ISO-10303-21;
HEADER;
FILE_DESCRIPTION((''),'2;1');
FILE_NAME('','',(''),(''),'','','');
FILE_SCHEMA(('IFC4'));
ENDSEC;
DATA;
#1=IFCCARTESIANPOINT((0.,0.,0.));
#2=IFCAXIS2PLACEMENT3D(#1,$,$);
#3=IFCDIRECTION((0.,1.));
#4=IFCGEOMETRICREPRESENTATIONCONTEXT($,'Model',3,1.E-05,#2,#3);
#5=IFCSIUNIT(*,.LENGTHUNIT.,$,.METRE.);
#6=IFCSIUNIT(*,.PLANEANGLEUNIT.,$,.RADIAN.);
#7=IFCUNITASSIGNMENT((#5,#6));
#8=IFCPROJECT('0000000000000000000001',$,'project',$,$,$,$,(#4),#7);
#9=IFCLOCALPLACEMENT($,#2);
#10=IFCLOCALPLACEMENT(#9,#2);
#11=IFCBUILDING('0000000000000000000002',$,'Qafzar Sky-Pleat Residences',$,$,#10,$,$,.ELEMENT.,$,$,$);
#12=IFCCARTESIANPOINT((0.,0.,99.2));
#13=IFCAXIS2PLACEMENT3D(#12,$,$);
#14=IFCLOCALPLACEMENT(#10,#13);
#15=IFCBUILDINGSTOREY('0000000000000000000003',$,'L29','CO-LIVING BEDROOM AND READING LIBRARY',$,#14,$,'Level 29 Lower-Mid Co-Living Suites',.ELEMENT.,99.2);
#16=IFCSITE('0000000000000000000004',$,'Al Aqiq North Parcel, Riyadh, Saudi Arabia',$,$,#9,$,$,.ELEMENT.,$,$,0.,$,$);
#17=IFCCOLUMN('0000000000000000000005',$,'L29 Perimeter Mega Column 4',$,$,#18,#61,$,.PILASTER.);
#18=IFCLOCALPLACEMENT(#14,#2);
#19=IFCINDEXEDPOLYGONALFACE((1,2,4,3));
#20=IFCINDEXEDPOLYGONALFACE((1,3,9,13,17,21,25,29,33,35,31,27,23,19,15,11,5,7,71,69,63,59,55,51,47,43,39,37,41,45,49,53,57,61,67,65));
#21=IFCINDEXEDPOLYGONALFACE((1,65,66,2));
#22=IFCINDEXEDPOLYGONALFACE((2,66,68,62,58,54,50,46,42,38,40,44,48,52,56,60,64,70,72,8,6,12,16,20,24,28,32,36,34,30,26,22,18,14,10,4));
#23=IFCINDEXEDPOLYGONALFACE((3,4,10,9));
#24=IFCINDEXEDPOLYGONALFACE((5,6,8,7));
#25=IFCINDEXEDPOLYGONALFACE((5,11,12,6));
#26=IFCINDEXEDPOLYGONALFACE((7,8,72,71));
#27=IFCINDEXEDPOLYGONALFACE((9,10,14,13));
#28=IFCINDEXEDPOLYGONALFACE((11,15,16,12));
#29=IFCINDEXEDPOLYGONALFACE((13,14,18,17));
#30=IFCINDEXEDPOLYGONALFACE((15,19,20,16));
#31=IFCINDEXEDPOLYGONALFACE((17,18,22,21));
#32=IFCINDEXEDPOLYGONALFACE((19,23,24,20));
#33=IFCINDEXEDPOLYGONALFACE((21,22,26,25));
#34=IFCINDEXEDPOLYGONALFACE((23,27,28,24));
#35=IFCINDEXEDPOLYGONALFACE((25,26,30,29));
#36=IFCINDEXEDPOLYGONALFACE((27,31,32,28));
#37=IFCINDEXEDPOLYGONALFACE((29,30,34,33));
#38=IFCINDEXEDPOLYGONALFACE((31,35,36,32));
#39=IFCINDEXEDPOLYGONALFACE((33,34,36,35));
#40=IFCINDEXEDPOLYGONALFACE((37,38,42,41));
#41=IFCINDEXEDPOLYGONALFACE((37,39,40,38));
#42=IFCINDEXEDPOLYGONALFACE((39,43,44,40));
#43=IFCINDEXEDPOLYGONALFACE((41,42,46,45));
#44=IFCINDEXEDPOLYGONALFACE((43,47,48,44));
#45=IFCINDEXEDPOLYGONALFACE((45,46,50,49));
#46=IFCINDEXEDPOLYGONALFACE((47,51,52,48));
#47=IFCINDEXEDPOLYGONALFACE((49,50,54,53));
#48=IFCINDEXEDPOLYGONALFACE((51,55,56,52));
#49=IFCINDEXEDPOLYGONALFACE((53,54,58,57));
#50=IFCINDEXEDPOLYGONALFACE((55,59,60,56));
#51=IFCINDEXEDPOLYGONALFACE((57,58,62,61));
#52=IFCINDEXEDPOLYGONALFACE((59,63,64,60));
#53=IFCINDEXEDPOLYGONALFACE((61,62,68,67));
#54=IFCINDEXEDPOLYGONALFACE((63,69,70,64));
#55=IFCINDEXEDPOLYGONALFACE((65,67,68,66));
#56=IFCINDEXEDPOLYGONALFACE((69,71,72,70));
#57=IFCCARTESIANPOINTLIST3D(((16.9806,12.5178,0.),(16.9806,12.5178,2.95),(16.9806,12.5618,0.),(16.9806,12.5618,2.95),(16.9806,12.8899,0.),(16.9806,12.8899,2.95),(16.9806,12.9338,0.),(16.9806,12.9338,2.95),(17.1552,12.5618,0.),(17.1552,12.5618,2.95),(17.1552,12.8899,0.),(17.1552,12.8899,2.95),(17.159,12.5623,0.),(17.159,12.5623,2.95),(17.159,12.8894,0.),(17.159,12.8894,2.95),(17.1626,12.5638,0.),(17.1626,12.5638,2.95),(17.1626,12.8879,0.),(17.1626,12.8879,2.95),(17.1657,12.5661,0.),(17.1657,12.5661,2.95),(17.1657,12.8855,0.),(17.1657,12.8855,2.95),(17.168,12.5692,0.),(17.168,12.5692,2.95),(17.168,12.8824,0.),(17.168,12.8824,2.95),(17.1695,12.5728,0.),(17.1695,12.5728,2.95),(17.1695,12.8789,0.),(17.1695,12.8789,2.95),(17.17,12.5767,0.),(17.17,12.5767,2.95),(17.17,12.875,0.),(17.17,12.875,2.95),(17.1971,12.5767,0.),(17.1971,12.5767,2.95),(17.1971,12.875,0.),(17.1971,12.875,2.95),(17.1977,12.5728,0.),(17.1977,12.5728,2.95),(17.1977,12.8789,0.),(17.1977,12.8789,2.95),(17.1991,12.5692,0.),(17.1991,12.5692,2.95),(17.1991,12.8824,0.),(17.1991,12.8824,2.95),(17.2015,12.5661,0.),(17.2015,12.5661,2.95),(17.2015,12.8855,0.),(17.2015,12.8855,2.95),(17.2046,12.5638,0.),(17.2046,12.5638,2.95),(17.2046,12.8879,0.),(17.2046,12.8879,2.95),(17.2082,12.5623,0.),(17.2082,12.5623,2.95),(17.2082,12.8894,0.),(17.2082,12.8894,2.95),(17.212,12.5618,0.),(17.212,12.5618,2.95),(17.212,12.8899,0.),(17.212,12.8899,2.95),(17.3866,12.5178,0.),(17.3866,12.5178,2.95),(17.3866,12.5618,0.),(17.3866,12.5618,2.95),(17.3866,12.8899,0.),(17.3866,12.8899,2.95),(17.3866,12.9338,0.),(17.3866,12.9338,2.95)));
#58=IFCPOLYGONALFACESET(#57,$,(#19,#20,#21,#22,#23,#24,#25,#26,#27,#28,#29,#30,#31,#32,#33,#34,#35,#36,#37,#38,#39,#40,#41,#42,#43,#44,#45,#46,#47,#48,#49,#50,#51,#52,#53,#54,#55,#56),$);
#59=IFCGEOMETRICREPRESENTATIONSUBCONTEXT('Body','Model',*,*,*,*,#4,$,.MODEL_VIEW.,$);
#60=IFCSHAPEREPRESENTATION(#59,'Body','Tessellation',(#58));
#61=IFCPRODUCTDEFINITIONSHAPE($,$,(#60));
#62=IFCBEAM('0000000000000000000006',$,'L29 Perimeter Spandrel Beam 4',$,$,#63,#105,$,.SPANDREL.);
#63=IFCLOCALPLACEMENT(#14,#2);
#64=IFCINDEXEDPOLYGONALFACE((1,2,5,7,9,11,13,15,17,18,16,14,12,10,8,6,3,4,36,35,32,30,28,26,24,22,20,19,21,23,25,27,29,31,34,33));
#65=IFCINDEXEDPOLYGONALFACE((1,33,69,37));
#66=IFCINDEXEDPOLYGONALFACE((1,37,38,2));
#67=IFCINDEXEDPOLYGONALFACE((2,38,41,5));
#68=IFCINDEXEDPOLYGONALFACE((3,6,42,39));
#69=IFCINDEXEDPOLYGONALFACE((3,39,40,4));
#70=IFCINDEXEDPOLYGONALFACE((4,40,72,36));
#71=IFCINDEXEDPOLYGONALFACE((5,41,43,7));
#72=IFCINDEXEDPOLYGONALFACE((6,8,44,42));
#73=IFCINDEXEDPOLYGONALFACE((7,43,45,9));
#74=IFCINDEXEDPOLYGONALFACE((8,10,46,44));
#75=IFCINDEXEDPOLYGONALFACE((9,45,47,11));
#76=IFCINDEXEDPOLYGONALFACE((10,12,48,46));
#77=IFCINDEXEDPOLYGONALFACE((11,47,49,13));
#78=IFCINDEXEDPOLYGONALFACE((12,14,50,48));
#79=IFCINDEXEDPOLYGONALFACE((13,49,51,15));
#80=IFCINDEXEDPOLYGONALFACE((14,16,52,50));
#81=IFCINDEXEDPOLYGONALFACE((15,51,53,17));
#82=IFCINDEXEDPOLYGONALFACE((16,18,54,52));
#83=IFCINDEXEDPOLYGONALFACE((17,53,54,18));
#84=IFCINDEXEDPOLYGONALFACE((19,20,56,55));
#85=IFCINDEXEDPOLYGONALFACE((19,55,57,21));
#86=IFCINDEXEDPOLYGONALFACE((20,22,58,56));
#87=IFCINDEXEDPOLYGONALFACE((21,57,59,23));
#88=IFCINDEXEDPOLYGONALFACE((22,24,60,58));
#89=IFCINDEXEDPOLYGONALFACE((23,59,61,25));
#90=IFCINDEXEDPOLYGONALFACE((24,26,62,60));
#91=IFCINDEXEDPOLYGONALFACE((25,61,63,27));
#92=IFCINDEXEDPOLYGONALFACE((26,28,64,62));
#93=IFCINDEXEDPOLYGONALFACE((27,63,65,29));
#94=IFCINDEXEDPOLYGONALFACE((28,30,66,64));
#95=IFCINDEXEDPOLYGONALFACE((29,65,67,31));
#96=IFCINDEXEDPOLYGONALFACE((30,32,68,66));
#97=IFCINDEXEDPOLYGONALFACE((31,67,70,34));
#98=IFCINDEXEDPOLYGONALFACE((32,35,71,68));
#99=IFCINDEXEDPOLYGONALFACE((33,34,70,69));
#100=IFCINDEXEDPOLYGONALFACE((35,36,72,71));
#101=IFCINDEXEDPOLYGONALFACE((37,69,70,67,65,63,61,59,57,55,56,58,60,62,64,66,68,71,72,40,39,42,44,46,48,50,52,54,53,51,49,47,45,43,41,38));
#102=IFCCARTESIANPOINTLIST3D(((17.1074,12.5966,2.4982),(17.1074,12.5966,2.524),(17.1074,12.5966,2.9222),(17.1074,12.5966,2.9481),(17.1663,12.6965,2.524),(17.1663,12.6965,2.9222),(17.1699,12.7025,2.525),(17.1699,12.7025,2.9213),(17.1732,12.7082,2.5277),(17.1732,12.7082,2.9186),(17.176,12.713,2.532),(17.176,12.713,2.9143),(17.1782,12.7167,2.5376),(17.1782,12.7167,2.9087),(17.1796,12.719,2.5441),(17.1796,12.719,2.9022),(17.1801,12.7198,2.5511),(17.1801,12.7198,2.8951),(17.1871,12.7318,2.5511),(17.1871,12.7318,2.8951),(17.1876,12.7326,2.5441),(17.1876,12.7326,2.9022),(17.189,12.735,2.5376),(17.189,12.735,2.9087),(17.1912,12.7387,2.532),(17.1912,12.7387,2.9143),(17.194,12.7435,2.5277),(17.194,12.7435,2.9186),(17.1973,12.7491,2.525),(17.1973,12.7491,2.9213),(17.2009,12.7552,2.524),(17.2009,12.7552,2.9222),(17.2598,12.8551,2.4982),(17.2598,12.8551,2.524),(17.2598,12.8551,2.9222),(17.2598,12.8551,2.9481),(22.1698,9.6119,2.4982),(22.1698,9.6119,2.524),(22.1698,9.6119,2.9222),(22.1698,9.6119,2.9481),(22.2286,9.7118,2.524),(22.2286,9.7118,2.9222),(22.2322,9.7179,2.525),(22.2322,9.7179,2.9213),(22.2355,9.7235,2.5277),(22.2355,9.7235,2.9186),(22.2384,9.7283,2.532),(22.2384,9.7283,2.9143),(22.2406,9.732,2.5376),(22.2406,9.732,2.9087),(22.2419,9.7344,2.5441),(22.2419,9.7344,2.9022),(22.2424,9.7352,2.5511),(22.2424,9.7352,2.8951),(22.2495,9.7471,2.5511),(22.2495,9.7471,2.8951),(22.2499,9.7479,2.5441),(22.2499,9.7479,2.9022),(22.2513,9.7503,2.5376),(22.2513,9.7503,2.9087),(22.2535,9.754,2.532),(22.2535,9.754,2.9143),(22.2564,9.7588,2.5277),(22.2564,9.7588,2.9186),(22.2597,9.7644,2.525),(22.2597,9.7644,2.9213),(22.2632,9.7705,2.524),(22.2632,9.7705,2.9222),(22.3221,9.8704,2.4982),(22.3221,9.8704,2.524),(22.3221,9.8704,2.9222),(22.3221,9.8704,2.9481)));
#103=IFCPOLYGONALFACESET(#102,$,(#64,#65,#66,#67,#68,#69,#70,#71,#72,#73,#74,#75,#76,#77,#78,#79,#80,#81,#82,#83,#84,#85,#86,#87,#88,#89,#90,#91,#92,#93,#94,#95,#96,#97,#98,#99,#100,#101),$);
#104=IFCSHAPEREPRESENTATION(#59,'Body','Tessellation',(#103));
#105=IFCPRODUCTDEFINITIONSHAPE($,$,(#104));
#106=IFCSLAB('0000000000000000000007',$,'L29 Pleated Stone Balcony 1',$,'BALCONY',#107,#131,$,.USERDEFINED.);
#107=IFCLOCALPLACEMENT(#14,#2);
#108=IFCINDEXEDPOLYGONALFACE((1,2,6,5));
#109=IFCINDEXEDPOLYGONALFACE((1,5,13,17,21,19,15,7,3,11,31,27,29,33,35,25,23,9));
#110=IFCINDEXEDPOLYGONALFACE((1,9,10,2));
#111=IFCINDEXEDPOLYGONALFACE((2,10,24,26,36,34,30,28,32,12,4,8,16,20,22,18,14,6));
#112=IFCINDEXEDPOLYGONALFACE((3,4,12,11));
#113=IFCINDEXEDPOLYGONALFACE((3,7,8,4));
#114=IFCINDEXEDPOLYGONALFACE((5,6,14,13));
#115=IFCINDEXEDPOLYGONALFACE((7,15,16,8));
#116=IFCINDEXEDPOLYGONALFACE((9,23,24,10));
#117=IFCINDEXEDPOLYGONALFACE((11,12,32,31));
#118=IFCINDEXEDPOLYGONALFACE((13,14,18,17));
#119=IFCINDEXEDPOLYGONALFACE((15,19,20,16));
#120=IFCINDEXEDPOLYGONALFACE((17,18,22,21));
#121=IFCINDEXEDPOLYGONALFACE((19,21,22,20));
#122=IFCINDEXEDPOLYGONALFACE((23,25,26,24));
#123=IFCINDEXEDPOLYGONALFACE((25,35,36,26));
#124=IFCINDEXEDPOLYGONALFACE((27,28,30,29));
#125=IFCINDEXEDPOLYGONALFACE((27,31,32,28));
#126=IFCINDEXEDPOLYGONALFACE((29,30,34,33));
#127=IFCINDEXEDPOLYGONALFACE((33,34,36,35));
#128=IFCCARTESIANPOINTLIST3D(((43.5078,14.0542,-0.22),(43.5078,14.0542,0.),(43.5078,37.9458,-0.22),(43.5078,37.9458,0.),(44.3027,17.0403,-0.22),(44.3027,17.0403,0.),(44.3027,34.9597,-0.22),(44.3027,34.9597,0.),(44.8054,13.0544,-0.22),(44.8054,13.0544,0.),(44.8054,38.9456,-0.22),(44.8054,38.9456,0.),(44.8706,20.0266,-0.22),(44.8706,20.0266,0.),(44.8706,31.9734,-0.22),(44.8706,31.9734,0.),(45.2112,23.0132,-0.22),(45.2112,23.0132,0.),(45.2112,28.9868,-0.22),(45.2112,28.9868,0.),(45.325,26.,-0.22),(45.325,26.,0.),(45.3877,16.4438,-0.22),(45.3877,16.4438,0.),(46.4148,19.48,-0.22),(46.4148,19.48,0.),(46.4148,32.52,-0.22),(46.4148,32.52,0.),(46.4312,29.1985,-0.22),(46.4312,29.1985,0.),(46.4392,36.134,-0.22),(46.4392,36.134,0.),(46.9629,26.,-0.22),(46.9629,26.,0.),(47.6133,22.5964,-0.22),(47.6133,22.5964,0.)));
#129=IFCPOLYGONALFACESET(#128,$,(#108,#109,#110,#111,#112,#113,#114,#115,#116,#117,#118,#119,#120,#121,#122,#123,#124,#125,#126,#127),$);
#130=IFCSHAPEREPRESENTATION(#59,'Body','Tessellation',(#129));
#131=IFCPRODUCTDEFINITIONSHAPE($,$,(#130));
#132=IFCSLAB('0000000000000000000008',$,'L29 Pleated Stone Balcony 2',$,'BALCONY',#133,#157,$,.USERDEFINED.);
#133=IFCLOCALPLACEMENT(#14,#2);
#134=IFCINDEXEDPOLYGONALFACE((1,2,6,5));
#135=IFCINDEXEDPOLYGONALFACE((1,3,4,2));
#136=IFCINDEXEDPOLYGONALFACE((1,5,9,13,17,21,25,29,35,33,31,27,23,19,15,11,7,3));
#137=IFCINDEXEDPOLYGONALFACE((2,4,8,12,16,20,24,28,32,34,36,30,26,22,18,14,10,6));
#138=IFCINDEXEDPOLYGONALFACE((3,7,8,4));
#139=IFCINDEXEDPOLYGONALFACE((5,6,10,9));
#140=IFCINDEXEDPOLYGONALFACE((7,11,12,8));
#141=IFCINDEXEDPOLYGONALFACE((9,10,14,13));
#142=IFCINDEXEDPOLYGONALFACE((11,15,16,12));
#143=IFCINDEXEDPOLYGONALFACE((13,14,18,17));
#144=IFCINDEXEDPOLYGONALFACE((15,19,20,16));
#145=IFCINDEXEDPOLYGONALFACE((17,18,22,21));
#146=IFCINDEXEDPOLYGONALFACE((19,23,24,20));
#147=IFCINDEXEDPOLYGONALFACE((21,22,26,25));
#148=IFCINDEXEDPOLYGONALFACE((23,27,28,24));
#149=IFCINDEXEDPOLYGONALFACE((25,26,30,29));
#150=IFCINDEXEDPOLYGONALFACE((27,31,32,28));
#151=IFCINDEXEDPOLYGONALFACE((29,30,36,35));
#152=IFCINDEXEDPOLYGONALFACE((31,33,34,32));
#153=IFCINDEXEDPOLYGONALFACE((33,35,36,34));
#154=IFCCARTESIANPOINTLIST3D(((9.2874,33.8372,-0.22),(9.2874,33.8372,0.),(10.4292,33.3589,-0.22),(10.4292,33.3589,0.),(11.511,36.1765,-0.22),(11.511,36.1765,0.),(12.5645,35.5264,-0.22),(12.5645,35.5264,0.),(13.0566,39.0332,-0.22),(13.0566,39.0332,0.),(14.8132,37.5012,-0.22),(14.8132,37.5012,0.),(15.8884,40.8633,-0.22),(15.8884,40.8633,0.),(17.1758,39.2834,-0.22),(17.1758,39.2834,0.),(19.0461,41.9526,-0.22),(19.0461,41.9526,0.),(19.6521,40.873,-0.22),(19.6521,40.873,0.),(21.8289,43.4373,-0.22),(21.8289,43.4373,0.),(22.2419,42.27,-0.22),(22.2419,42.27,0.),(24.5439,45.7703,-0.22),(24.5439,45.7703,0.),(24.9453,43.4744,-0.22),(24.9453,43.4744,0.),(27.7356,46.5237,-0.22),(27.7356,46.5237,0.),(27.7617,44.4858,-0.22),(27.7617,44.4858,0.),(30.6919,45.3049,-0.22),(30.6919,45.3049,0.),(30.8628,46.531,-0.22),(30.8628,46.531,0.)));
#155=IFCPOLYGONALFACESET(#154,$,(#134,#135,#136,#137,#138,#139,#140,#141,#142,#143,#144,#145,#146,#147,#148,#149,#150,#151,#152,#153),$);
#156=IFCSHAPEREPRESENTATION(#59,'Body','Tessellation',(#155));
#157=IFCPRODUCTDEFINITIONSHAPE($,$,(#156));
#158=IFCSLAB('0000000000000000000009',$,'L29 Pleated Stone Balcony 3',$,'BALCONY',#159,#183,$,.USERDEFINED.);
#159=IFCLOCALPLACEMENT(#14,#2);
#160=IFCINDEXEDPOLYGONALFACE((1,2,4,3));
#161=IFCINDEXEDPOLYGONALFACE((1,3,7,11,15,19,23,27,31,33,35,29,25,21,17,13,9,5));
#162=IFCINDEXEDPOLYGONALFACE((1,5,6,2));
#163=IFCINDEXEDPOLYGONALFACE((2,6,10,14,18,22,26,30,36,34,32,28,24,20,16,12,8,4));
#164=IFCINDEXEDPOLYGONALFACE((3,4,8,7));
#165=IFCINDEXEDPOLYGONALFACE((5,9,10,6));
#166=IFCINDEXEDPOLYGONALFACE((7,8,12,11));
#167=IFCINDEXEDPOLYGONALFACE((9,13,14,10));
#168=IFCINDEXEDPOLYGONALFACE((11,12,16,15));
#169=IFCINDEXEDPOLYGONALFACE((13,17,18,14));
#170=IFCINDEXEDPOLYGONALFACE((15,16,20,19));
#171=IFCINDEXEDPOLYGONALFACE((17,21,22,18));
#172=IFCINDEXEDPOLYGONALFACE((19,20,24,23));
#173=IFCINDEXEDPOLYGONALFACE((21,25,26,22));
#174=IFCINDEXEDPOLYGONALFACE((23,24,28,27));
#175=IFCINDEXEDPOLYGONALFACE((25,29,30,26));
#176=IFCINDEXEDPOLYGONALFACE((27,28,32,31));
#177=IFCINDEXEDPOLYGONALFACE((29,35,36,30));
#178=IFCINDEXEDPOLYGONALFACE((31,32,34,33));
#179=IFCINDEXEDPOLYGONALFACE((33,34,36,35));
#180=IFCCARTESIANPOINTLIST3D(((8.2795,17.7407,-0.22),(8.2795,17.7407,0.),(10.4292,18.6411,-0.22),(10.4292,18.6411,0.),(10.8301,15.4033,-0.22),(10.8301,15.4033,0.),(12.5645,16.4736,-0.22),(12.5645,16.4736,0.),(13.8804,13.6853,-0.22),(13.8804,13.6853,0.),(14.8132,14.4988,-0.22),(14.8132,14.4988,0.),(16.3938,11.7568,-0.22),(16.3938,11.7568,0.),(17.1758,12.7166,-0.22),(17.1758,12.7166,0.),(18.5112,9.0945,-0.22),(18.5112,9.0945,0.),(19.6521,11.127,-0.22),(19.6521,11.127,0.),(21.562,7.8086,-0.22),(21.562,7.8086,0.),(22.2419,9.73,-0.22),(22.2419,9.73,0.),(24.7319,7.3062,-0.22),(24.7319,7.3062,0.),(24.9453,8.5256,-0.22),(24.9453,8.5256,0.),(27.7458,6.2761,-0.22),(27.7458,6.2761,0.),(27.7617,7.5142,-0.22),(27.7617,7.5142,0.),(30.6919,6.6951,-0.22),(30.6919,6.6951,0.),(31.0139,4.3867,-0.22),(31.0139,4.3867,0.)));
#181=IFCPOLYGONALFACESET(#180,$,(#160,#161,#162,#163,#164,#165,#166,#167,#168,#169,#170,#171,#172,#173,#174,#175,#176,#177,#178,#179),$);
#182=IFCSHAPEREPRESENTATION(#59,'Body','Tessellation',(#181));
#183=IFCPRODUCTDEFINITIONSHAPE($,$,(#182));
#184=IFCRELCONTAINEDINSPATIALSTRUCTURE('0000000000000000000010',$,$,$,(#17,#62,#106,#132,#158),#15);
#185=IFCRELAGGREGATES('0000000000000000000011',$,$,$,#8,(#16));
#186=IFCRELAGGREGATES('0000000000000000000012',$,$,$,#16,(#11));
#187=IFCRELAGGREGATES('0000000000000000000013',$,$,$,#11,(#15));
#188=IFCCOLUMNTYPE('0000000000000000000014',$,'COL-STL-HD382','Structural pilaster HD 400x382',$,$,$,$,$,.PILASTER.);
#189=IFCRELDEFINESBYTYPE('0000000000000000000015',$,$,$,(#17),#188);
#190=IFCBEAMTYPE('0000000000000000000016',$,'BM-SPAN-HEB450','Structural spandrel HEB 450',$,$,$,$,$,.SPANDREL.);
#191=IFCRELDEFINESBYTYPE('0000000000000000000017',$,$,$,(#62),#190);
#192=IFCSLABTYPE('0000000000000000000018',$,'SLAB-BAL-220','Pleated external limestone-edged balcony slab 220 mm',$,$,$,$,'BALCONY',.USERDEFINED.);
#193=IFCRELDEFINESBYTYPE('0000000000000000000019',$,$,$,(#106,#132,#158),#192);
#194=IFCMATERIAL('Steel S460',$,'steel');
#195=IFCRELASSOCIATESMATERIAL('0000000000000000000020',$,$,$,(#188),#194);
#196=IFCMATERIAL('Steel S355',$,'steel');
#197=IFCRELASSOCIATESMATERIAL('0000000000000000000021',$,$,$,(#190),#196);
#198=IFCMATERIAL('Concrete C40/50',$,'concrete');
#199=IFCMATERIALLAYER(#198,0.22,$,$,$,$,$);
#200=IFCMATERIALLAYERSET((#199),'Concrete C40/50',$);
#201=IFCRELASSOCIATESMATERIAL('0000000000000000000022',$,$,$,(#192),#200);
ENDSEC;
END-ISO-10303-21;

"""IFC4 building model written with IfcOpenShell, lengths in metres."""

from ifc_helpers import new_model, si_unit, direction, frame, origin, origin_2d, place, context, subcontext, project, spatial, polyline, i_section, outline, extrude, source, transform, mapped, material, layer, layer_set, material_profile, profile_set, type_object, element, save


model = new_model("IFC4")

# Units and contexts
model_context = context("Model", 3, precision=1e-05, world=origin(), true_north=direction((0.0, 1.0)))
body_context = subcontext(model_context, "Body", "Model", "MODEL_VIEW")
ifc_project = project(units=[si_unit("LENGTHUNIT", "METRE"), si_unit("PLANEANGLEUNIT", "RADIAN")], contexts=[model_context])

# Site, building, storey
site_placement = place(None, origin())
site = spatial("IfcSite", under=ifc_project, at=site_placement, Name="Al Aqiq North Parcel, Riyadh, Saudi Arabia", CompositionType="ELEMENT", RefElevation=0.0)
building_placement = place(site_placement, origin())
building = spatial("IfcBuilding", under=site, at=building_placement, Name="Qafzar Sky-Pleat Residences", CompositionType="ELEMENT")
storey_placement = place(building_placement, frame((0.0, 0.0, 99.2)))
storey = spatial("IfcBuildingStorey", under=building, at=storey_placement, Name="L29", Description="CO-LIVING BEDROOM AND READING LIBRARY", LongName="Level 29 Lower-Mid Co-Living Suites", CompositionType="ELEMENT", Elevation=99.2)

# Column
ifc_material_1 = material(Name="Steel S460", Category="steel")
ifc_material_profile_1 = material_profile(ifc_material_1, i_section(OverallWidth=0.406, OverallDepth=0.416, WebThickness=0.0271, FlangeThickness=0.0439, FilletRadius=0.0149, at=origin_2d()), Name="HD 400x382")
ifc_profile_set_1 = profile_set([ifc_material_profile_1], Name="Steel S460")
column_type = type_object("IfcColumnType", Name="COL-STL-HD382", Description="Structural pilaster HD 400x382", PredefinedType="PILASTER", material=ifc_profile_set_1)
shared_shape_1 = source(origin(), body_context, "Body", "SweptSolid", [
    extrude(i_section(OverallWidth=0.406, OverallDepth=0.416, WebThickness=0.0271, FlangeThickness=0.0439, FilletRadius=0.0149, at=origin_2d()), origin(), (0.0, 0.0, 1.0), 2.95),
])
column_placement = place(storey_placement, frame((17.1836, 12.7258, 0.0), z_axis=(0.0, 0.0, 1.0), x_axis=(1.0, 0.0, 0.0)))
element("IfcColumn", 1, at=column_placement, inside=storey, type_object=column_type, Name="L29 Perimeter Mega Column 4", PredefinedType="PILASTER", context=body_context, shape_type="MappedRepresentation", body=[
    mapped(shared_shape_1, transform((0.0, 0.0, 0.0), x_axis=(1.0, 0.0, 0.0), y_axis=(0.0, 1.0, 0.0), z_axis=(0.0, 0.0, 1.0), scale=1.0)),
])

# Beam
ifc_material_2 = material(Name="Steel S355", Category="steel")
ifc_material_profile_2 = material_profile(ifc_material_2, i_section(OverallWidth=0.3, OverallDepth=0.45, WebThickness=0.0139, FlangeThickness=0.0259, FilletRadius=0.0271, at=origin_2d()), Name="HEB 450")
ifc_profile_set_2 = profile_set([ifc_material_profile_2], Name="Steel S355")
beam_type = type_object("IfcBeamType", Name="BM-SPAN-HEB450", Description="Structural spandrel HEB 450", PredefinedType="SPANDREL", material=ifc_profile_set_2)
shared_shape_2 = source(origin(), body_context, "Body", "SweptSolid", [
    extrude(i_section(OverallWidth=0.3, OverallDepth=0.45, WebThickness=0.0139, FlangeThickness=0.0259, FilletRadius=0.0271, at=origin_2d()), origin(), (0.0, 0.0, 1.0), 5.8767),
])
beam_placement = place(storey_placement, frame((17.1836, 12.7258, 2.7231), z_axis=(0.861426, -0.507882, 0.0), x_axis=(0.507882, 0.861426, 0.0)))
element("IfcBeam", 2, at=beam_placement, inside=storey, type_object=beam_type, Name="L29 Perimeter Spandrel Beam 4", PredefinedType="SPANDREL", context=body_context, shape_type="MappedRepresentation", body=[
    mapped(shared_shape_2, transform((0.0, 0.0, 0.0), x_axis=(1.0, 0.0, 0.0), y_axis=(0.0, 1.0, 0.0), z_axis=(0.0, 0.0, 1.0), scale=1.0)),
])

# Slabs
ifc_material_3 = material(Name="Concrete C40/50", Category="concrete")
ifc_layer_1 = layer(ifc_material_3, 0.22)
ifc_layer_set_1 = layer_set([ifc_layer_1], Name="Concrete C40/50")
slab_type_1 = type_object("IfcSlabType", Name="SLAB-BAL-220", Description="Pleated external limestone-edged balcony slab 220 mm", ElementType="BALCONY", PredefinedType="USERDEFINED", material=ifc_layer_set_1)
slab_1_placement = place(storey_placement, frame((0.0, 0.0, -0.22)))
element("IfcSlab", 3, at=slab_1_placement, inside=storey, type_object=slab_type_1, Name="L29 Pleated Stone Balcony 1", ObjectType="BALCONY", PredefinedType="USERDEFINED", context=body_context, shape_type="SweptSolid", body=[
    extrude(outline(polyline([(44.3027, 17.0403), (44.8706, 20.0266), (45.2112, 23.0132), (45.325, 26.0), (45.2112, 28.9868), (44.8706, 31.9734), (44.3027, 34.9597), (43.5078, 37.9458), (44.8054, 38.9456), (46.4392, 36.134), (46.4148, 32.52), (46.4312, 29.1985), (46.9629, 26.0), (47.6133, 22.5964), (46.4148, 19.48), (45.3877, 16.4438), (44.8054, 13.0544), (43.5078, 14.0542), (44.3027, 17.0403)])), origin(), (0.0, 0.0, 1.0), 0.22),
])
slab_2_placement = place(storey_placement, frame((0.0, 0.0, -0.22)))
element("IfcSlab", 4, at=slab_2_placement, inside=storey, type_object=slab_type_1, Name="L29 Pleated Stone Balcony 2", ObjectType="BALCONY", PredefinedType="USERDEFINED", context=body_context, shape_type="SweptSolid", body=[
    extrude(outline(polyline([(27.7617, 44.4858), (24.9453, 43.4744), (22.2419, 42.27), (19.6521, 40.873), (17.1758, 39.2834), (14.8132, 37.5012), (12.5645, 35.5264), (10.4292, 33.3589), (9.2874, 33.8372), (11.511, 36.1765), (13.0566, 39.0332), (15.8884, 40.8633), (19.0461, 41.9526), (21.8289, 43.4373), (24.5439, 45.7703), (27.7356, 46.5237), (30.8628, 46.531), (30.6919, 45.3049), (27.7617, 44.4858)])), origin(), (0.0, 0.0, 1.0), 0.22),
])
slab_3_placement = place(storey_placement, frame((0.0, 0.0, -0.22)))
element("IfcSlab", 5, at=slab_3_placement, inside=storey, type_object=slab_type_1, Name="L29 Pleated Stone Balcony 3", ObjectType="BALCONY", PredefinedType="USERDEFINED", context=body_context, shape_type="SweptSolid", body=[
    extrude(outline(polyline([(12.5645, 16.4736), (14.8132, 14.4988), (17.1758, 12.7166), (19.6521, 11.127), (22.2419, 9.73), (24.9453, 8.5256), (27.7617, 7.5142), (30.6919, 6.6951), (31.0139, 4.3867), (27.7458, 6.2761), (24.7319, 7.3062), (21.562, 7.8086), (18.5112, 9.0945), (16.3938, 11.7568), (13.8804, 13.6853), (10.8301, 15.4033), (8.2795, 17.7407), (10.4292, 18.6411), (12.5645, 16.4736)])), origin(), (0.0, 0.0, 1.0), 0.22),
])

save(model, "model.ifc")
